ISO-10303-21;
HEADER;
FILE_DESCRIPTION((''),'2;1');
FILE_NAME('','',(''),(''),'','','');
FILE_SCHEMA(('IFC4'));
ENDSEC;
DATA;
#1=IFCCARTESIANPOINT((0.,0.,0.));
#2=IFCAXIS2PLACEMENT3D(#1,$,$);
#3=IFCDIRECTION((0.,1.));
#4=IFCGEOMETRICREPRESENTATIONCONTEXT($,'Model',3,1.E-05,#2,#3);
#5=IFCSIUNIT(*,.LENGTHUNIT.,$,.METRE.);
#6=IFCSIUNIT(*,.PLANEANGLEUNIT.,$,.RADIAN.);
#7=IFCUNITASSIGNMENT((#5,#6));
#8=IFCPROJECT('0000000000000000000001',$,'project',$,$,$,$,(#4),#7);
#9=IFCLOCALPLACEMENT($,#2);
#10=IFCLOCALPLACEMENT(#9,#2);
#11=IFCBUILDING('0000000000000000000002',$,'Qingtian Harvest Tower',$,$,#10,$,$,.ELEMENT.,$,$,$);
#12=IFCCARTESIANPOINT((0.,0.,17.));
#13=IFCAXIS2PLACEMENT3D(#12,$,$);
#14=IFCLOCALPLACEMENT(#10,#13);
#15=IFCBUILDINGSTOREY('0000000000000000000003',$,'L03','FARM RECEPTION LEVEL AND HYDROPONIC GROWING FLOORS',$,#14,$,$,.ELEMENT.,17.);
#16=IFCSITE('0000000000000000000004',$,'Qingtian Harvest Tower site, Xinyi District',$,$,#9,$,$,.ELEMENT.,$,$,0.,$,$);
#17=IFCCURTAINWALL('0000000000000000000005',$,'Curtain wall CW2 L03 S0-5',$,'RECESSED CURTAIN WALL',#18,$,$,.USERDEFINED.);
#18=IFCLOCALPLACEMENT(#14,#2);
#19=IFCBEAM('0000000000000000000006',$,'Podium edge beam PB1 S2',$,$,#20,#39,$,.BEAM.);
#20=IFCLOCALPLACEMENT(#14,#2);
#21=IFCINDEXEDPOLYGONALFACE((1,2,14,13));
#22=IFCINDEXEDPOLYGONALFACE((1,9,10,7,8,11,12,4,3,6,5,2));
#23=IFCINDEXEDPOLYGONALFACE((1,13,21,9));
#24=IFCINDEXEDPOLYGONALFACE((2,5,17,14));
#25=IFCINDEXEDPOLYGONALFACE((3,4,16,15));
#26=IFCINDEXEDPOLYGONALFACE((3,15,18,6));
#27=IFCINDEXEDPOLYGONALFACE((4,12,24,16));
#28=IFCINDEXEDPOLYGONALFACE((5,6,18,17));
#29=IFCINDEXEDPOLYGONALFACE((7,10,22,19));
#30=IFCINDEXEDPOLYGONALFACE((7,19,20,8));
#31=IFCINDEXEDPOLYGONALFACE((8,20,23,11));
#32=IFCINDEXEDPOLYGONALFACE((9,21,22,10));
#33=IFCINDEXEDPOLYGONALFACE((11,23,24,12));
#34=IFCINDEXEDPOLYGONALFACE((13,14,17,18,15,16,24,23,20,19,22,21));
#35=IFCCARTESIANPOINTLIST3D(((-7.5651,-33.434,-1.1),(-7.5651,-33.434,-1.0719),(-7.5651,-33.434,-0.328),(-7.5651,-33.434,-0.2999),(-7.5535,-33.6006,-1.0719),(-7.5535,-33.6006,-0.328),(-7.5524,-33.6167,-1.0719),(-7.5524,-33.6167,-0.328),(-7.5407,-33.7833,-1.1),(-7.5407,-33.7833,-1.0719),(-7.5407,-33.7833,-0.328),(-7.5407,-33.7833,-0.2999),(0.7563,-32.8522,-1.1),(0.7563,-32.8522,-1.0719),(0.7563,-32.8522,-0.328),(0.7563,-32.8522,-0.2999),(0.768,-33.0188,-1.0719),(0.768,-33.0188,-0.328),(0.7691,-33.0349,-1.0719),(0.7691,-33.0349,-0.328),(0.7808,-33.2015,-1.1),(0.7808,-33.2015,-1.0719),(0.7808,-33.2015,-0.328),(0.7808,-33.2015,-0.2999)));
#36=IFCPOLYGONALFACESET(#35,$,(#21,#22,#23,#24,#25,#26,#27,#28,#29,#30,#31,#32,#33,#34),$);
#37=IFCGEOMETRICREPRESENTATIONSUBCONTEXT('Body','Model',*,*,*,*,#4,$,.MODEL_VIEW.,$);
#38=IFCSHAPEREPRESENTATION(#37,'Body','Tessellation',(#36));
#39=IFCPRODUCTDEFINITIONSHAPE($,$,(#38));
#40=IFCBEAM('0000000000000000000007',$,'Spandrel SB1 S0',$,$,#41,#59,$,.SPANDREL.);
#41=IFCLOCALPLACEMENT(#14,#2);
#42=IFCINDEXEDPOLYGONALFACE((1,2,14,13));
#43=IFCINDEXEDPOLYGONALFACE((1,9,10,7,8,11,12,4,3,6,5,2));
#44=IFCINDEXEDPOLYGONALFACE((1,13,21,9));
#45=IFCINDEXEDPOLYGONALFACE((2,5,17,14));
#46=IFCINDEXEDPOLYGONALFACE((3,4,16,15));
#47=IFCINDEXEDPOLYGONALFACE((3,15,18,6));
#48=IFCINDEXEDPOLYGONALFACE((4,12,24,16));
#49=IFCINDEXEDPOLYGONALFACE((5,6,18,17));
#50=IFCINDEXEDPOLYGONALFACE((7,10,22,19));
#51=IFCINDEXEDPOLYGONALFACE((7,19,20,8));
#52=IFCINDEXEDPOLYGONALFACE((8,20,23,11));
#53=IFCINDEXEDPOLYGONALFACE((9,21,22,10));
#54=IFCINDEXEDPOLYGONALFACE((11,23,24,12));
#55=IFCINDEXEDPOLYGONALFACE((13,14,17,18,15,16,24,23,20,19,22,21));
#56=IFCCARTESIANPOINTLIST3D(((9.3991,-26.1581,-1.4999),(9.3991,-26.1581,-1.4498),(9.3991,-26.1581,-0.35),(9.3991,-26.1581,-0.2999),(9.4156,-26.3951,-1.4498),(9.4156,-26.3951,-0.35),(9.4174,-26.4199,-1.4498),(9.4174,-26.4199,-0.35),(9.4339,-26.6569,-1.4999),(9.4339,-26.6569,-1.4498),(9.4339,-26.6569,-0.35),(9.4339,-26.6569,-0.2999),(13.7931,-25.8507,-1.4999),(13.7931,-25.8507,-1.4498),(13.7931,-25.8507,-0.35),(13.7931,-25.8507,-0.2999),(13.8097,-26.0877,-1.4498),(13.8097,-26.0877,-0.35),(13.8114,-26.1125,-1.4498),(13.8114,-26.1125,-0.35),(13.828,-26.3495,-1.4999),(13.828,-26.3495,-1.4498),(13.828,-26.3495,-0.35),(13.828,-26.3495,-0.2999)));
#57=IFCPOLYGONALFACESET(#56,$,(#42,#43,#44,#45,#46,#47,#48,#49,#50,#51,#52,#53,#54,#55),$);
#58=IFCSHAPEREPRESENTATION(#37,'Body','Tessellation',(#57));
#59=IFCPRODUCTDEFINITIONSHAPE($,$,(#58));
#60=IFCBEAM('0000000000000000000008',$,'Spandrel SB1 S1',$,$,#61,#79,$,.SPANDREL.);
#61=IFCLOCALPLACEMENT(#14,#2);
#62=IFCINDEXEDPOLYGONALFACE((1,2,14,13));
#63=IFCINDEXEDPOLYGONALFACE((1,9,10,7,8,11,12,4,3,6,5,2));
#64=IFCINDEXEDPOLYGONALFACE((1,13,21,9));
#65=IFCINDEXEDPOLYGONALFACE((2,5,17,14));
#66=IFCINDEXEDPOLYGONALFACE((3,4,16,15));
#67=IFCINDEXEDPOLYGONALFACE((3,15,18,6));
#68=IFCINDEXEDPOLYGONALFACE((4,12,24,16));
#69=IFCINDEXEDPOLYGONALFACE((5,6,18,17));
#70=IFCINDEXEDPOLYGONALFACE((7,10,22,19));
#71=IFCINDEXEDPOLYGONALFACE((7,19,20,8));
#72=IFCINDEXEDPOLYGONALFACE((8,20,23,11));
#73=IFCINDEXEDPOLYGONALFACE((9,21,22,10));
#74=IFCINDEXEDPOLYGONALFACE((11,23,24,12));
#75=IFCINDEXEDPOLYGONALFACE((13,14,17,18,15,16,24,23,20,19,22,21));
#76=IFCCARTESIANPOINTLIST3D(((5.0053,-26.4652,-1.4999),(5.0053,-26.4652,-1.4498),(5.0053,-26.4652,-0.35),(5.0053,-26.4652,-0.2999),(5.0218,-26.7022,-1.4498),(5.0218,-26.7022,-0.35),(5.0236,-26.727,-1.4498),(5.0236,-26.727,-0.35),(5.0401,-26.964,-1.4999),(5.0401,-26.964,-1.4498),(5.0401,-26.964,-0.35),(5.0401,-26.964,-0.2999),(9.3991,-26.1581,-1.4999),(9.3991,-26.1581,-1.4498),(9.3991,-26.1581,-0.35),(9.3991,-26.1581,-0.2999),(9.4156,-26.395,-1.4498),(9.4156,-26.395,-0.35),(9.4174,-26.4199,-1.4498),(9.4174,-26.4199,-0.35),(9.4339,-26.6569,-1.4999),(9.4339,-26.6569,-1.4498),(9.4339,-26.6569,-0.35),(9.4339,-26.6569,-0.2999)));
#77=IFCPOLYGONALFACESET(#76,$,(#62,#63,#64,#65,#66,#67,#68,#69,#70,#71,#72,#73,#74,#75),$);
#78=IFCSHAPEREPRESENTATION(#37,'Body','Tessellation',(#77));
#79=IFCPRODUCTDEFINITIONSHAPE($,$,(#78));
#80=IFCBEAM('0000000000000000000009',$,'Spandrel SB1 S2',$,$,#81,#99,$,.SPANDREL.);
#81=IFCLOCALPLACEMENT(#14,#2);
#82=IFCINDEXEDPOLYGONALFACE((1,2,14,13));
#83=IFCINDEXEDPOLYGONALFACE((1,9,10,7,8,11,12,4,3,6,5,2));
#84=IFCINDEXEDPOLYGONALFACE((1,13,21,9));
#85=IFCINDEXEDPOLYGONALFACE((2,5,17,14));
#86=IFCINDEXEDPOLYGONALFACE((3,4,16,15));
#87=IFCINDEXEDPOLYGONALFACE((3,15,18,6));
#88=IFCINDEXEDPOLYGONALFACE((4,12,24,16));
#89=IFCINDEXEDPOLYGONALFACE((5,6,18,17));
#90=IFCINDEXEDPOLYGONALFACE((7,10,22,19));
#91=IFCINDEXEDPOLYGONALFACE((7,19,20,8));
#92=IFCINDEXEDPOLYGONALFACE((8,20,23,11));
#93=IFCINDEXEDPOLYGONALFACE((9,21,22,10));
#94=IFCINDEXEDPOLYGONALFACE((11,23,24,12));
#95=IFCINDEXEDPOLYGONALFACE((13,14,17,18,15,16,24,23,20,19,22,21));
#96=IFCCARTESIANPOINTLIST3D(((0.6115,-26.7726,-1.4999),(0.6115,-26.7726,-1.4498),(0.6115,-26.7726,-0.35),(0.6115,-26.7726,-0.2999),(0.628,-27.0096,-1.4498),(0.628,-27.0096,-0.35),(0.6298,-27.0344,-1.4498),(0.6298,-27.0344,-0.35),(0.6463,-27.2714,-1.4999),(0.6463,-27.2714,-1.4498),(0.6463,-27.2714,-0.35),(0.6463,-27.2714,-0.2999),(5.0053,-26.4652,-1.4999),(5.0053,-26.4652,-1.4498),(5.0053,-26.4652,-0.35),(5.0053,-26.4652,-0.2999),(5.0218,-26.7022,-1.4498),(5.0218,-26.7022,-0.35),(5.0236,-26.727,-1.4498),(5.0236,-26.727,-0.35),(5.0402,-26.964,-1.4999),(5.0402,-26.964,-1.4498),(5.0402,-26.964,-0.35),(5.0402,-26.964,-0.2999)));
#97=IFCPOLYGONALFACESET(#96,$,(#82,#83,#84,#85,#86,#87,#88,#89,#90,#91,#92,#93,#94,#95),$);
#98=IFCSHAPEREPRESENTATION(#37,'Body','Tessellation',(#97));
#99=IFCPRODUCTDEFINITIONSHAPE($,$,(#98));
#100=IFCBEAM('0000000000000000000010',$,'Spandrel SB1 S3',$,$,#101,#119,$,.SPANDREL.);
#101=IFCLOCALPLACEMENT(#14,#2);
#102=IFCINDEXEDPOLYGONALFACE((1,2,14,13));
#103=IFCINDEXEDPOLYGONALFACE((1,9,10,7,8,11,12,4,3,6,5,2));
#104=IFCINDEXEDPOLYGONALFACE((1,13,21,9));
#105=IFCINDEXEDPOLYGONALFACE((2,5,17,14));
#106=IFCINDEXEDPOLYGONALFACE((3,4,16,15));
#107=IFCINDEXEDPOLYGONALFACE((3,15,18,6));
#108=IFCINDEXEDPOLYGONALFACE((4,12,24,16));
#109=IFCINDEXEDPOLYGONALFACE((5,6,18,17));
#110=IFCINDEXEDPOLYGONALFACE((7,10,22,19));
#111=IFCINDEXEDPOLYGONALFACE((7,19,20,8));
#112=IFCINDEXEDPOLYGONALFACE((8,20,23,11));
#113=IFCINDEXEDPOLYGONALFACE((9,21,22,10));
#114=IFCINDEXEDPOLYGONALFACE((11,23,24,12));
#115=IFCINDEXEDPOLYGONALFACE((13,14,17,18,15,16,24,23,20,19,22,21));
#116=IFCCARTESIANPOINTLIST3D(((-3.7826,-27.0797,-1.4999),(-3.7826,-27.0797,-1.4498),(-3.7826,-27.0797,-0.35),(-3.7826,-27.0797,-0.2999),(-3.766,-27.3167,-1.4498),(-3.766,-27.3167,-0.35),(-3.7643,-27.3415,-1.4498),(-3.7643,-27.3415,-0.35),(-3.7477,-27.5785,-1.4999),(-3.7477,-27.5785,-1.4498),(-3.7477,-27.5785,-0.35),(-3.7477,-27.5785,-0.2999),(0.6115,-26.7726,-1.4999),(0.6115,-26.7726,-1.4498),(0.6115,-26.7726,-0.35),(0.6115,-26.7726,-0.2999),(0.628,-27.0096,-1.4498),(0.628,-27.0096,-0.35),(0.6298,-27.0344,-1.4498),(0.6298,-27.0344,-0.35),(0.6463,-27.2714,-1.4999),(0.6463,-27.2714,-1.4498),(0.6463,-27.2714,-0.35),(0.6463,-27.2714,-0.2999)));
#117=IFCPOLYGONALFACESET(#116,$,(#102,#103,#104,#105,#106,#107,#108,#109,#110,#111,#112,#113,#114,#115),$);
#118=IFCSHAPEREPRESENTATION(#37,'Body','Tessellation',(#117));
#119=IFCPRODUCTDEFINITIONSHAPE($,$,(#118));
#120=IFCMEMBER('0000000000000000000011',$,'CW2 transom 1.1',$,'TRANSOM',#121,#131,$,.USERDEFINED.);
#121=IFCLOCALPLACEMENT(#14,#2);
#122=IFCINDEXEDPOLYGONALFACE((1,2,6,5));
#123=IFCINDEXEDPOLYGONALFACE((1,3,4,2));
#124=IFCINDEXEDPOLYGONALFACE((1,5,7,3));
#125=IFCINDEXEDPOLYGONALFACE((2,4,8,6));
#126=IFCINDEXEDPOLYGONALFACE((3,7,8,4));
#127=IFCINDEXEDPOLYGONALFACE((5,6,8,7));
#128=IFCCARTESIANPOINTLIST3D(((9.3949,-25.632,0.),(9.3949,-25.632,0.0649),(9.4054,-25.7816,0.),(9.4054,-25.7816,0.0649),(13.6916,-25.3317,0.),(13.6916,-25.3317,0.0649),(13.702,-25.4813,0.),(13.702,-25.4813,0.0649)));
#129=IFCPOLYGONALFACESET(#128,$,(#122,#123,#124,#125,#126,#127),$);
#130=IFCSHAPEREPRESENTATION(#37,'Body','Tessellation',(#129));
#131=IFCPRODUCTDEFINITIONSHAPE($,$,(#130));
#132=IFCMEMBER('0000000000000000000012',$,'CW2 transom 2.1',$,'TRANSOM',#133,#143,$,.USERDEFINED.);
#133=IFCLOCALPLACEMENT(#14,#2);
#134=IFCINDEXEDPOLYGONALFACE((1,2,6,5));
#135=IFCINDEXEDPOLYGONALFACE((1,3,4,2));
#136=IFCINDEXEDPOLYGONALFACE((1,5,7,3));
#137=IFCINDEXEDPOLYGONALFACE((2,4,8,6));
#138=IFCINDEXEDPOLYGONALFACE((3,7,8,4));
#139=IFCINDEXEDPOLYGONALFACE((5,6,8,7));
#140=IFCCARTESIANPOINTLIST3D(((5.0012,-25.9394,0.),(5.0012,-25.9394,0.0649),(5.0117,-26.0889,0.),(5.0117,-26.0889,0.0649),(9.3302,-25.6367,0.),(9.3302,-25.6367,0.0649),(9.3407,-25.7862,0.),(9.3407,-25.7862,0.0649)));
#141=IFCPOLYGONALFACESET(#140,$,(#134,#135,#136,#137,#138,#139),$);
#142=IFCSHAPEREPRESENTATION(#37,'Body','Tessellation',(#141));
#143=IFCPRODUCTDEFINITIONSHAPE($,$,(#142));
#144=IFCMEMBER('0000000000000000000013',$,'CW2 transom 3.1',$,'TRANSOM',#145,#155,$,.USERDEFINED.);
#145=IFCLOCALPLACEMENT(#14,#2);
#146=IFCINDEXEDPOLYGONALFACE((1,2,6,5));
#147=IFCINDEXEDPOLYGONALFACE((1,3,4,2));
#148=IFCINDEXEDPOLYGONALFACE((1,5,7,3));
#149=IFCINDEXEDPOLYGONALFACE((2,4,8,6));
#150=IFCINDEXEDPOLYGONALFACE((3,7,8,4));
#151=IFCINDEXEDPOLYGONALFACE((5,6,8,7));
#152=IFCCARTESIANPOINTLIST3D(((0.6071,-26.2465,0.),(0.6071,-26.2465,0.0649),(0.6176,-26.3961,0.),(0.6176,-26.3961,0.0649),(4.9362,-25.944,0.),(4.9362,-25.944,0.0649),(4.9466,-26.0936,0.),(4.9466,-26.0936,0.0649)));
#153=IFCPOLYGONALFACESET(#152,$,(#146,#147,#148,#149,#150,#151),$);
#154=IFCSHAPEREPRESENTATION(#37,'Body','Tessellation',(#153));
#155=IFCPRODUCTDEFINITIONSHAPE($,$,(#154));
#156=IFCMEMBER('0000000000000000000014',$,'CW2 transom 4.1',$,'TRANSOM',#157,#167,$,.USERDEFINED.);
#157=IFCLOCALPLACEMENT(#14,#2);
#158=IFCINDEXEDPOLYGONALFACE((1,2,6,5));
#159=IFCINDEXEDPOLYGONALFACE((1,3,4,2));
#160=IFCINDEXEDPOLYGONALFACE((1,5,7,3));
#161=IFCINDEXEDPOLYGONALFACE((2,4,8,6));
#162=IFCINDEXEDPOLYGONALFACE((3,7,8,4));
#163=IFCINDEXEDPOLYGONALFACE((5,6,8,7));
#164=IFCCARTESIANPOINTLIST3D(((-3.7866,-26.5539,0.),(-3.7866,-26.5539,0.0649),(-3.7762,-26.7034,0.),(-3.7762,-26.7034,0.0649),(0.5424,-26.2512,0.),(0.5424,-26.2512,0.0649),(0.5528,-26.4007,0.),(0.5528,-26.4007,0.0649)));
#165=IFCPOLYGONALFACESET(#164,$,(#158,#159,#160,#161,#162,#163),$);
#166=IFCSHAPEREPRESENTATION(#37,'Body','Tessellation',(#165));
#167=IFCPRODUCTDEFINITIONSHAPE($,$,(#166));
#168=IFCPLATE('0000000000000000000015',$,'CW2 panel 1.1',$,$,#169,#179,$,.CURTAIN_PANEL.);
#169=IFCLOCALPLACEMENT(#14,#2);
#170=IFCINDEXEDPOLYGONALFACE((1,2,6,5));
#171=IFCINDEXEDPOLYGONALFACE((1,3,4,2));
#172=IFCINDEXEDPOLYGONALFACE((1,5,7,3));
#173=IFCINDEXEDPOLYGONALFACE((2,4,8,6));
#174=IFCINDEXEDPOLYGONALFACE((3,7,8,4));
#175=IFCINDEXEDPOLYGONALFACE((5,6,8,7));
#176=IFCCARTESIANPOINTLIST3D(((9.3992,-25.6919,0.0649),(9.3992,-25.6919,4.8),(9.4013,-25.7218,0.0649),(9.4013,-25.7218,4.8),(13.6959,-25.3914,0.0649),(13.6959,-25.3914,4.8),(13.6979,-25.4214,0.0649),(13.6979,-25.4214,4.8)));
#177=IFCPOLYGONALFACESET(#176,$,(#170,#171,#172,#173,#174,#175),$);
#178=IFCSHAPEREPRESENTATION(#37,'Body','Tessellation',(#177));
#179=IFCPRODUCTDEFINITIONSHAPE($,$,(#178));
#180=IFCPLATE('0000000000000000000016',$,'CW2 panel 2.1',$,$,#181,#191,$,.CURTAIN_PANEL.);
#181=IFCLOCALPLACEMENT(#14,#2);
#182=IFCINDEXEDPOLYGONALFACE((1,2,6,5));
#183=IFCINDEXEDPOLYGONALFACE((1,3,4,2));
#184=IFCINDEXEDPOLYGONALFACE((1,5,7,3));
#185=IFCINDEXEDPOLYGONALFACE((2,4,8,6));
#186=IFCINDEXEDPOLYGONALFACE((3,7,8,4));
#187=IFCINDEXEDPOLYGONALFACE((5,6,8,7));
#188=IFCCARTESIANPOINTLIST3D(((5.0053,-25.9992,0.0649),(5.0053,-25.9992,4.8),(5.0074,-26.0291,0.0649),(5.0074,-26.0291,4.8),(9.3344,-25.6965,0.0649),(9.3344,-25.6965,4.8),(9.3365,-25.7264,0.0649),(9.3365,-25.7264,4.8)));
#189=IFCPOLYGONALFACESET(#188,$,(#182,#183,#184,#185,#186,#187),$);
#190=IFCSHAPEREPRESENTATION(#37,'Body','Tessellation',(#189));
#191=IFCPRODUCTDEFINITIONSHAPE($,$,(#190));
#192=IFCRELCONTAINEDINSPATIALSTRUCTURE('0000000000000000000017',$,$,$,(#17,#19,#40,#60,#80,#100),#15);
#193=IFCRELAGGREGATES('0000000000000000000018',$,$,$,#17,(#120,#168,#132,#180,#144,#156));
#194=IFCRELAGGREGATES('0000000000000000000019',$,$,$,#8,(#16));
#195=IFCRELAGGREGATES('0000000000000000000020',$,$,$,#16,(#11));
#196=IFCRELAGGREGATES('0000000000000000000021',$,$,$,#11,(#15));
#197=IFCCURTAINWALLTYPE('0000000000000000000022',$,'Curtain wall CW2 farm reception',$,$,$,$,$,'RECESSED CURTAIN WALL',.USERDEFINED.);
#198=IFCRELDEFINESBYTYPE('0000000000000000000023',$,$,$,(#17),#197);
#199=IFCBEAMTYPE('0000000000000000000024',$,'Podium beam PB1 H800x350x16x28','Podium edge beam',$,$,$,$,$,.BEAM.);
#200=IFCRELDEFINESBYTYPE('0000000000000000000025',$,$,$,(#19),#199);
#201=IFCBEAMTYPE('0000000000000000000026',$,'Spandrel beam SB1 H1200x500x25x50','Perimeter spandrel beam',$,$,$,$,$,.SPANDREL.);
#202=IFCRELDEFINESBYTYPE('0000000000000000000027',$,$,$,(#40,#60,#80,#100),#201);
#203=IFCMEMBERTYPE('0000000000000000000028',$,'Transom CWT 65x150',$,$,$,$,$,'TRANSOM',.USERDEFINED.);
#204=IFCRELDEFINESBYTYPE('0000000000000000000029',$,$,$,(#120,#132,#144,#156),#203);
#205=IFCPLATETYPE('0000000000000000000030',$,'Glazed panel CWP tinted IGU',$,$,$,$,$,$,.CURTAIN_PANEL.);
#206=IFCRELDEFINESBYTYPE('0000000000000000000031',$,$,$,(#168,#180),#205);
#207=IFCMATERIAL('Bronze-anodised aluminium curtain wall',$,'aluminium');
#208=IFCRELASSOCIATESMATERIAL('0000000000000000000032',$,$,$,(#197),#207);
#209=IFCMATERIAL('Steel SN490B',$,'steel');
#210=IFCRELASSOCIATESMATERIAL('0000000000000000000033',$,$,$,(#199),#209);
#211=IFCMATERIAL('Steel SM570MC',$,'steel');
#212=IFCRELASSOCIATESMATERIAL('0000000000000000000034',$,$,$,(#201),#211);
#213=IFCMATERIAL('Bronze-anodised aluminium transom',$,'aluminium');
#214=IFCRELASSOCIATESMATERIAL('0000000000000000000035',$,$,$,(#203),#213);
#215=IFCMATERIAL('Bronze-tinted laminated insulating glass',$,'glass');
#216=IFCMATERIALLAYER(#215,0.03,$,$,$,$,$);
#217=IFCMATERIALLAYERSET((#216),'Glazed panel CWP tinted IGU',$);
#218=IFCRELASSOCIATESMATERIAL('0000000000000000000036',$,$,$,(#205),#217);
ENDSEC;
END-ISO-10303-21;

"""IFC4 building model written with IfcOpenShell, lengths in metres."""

from ifc_helpers import new_model, si_unit, direction, frame, origin, origin_2d, place, context, subcontext, project, spatial, rectangle, i_section, extrude, material, layer, layer_set, material_profile, profile_set, type_object, element, aggregate, save


model = new_model("IFC4")

# Units and contexts
model_context = context("Model", 3, precision=1e-05, world=origin(), true_north=direction((0.0, 1.0)))
body_context = subcontext(model_context, "Body", "Model", "MODEL_VIEW")
ifc_project = project(units=[si_unit("LENGTHUNIT", "METRE"), si_unit("PLANEANGLEUNIT", "RADIAN")], contexts=[model_context])

# Site, building, storey
site_placement = place(None, origin())
site = spatial("IfcSite", under=ifc_project, at=site_placement, Name="Qingtian Harvest Tower site, Xinyi District", CompositionType="ELEMENT", RefElevation=0.0)
building_placement = place(site_placement, origin())
building = spatial("IfcBuilding", under=site, at=building_placement, Name="Qingtian Harvest Tower", CompositionType="ELEMENT")
storey_placement = place(building_placement, frame((0.0, 0.0, 17.0)))
storey = spatial("IfcBuildingStorey", under=building, at=storey_placement, Name="L03", Description="FARM RECEPTION LEVEL AND HYDROPONIC GROWING FLOORS", CompositionType="ELEMENT", Elevation=17.0)

# Shared definitions
ifc_material_1 = material(Name="Bronze-anodised aluminium curtain wall", Category="aluminium")
curtain_wall_type = type_object("IfcCurtainWallType", Name="Curtain wall CW2 farm reception", ElementType="RECESSED CURTAIN WALL", PredefinedType="USERDEFINED", material=ifc_material_1)

# Curtain wall
curtain_wall_1_placement = place(storey_placement, origin())
curtain_wall_1 = element("IfcCurtainWall", 1, at=curtain_wall_1_placement, inside=storey, type_object=curtain_wall_type, Name="Curtain wall CW2 L03 S0-5", ObjectType="RECESSED CURTAIN WALL", PredefinedType="USERDEFINED")

# Beams
ifc_material_2 = material(Name="Steel SN490B", Category="steel")
ifc_material_profile_1 = material_profile(ifc_material_2, i_section(OverallWidth=0.3501, OverallDepth=0.8, WebThickness=0.0161, FlangeThickness=0.0281, at=origin_2d()), Name="H800x350x16x28")
ifc_profile_set_1 = profile_set([ifc_material_profile_1], Name="Steel SN490B")
beam_type_1 = type_object("IfcBeamType", Name="Podium beam PB1 H800x350x16x28", Description="Podium edge beam", PredefinedType="BEAM", material=ifc_profile_set_1)
for number, where, z_axis, x_axis, name in (
    (2, (0.7686, -33.0269, -0.7), (-0.997565, -0.069743, 0.0), (0.069743, -0.997565, 0.0), "Podium edge beam PB1 S2"),
):
    element("IfcBeam", number, at=place(storey_placement, frame(where, z_axis=z_axis, x_axis=x_axis)), inside=storey, type_object=beam_type_1, Name=name, PredefinedType="BEAM", context=body_context, shape_type="SweptSolid", body=[
        extrude(i_section(OverallWidth=0.3501, OverallDepth=0.8, WebThickness=0.0161, FlangeThickness=0.0281, at=origin_2d()), origin(), (0.0, 0.0, 1.0), 8.3418),
    ])
ifc_material_3 = material(Name="Steel SM570MC", Category="steel")
ifc_material_profile_2 = material_profile(ifc_material_3, i_section(OverallWidth=0.5, OverallDepth=1.2, WebThickness=0.0249, FlangeThickness=0.05, at=origin_2d()), Name="H1200x500x25x50")
ifc_profile_set_2 = profile_set([ifc_material_profile_2], Name="Steel SM570MC")
beam_type_2 = type_object("IfcBeamType", Name="Spandrel beam SB1 H1200x500x25x50", Description="Perimeter spandrel beam", PredefinedType="SPANDREL", material=ifc_profile_set_2)
beam_1_placement = place(storey_placement, frame((13.8105, -26.1001, -0.8999), z_axis=(-0.997562, -0.069782, 0.0), x_axis=(0.069782, -0.997562, 0.0)))
element("IfcBeam", 3, at=beam_1_placement, inside=storey, type_object=beam_type_2, Name="Spandrel SB1 S0", PredefinedType="SPANDREL", context=body_context, shape_type="SweptSolid", body=[
    extrude(i_section(OverallWidth=0.5, OverallDepth=1.2, WebThickness=0.0249, FlangeThickness=0.05, at=origin_2d()), origin(), (0.0, 0.0, 1.0), 4.4048),
])
for number, where, z_axis, x_axis, name in (
    (4, (9.4165, -26.4075, -0.8999), (-0.997566, -0.06973, 0.0), (0.06973, -0.997566, 0.0), "Spandrel SB1 S1"),
    (5, (5.0227, -26.7146, -0.8999), (-0.997562, -0.069786, 0.0), (0.069786, -0.997562, 0.0), "Spandrel SB1 S2"),
):
    element("IfcBeam", number, at=place(storey_placement, frame(where, z_axis=z_axis, x_axis=x_axis)), inside=storey, type_object=beam_type_2, Name=name, PredefinedType="SPANDREL", context=body_context, shape_type="SweptSolid", body=[
        extrude(i_section(OverallWidth=0.5, OverallDepth=1.2, WebThickness=0.0249, FlangeThickness=0.05, at=origin_2d()), origin(), (0.0, 0.0, 1.0), 4.4045),
    ])
beam_2_placement = place(storey_placement, frame((0.6289, -27.022, -0.8999), z_axis=(-0.997566, -0.069727, 0.0), x_axis=(0.069727, -0.997566, 0.0)))
element("IfcBeam", 6, at=beam_2_placement, inside=storey, type_object=beam_type_2, Name="Spandrel SB1 S3", PredefinedType="SPANDREL", context=body_context, shape_type="SweptSolid", body=[
    extrude(i_section(OverallWidth=0.5, OverallDepth=1.2, WebThickness=0.0249, FlangeThickness=0.05, at=origin_2d()), origin(), (0.0, 0.0, 1.0), 4.4048),
])

# Members
ifc_material_4 = material(Name="Bronze-anodised aluminium transom", Category="aluminium")
ifc_material_profile_3 = material_profile(ifc_material_4, rectangle(XDim=0.1499, YDim=0.0649, at=origin_2d()), Name="AL 65x150")
ifc_profile_set_3 = profile_set([ifc_material_profile_3], Name="Bronze-anodised aluminium transom")
member_type_1 = type_object("IfcMemberType", Name="Transom CWT 65x150", ElementType="TRANSOM", PredefinedType="USERDEFINED", material=ifc_profile_set_3)
member_1_placement = place(storey_placement, frame((13.6968, -25.4065, 0.0325), z_axis=(-0.997567, -0.06972, 0.0), x_axis=(0.06972, -0.997567, 0.0)))
member_1 = element("IfcMember", 7, at=member_1_placement, type_object=member_type_1, Name="CW2 transom 1.1", ObjectType="TRANSOM", PredefinedType="USERDEFINED", context=body_context, shape_type="SweptSolid", body=[
    extrude(rectangle(XDim=0.1499, YDim=0.0649, at=origin_2d()), origin(), (0.0, 0.0, 1.0), 4.3071),
])
member_2_placement = place(storey_placement, frame((9.3354, -25.7114, 0.0325), z_axis=(-0.997564, -0.06976, 0.0), x_axis=(0.06976, -0.997564, 0.0)))
member_2 = element("IfcMember", 8, at=member_2_placement, type_object=member_type_1, Name="CW2 transom 2.1", ObjectType="TRANSOM", PredefinedType="USERDEFINED", context=body_context, shape_type="SweptSolid", body=[
    extrude(rectangle(XDim=0.1499, YDim=0.0649, at=origin_2d()), origin(), (0.0, 0.0, 1.0), 4.3396),
])
member_3_placement = place(storey_placement, frame((4.9414, -26.0188, 0.0325), z_axis=(-0.997568, -0.069704, 0.0), x_axis=(0.069704, -0.997568, 0.0)))
member_3 = element("IfcMember", 9, at=member_3_placement, type_object=member_type_1, Name="CW2 transom 3.1", ObjectType="TRANSOM", PredefinedType="USERDEFINED", context=body_context, shape_type="SweptSolid", body=[
    extrude(rectangle(XDim=0.1499, YDim=0.0649, at=origin_2d()), origin(), (0.0, 0.0, 1.0), 4.3396),
])
member_4_placement = place(storey_placement, frame((0.5476, -26.3259, 0.0325), z_axis=(-0.997564, -0.06976, 0.0), x_axis=(0.06976, -0.997564, 0.0)))
member_4 = element("IfcMember", 10, at=member_4_placement, type_object=member_type_1, Name="CW2 transom 4.1", ObjectType="TRANSOM", PredefinedType="USERDEFINED", context=body_context, shape_type="SweptSolid", body=[
    extrude(rectangle(XDim=0.1499, YDim=0.0649, at=origin_2d()), origin(), (0.0, 0.0, 1.0), 4.3396),
])

# Plates
ifc_material_5 = material(Name="Bronze-tinted laminated insulating glass", Category="glass")
ifc_layer_1 = layer(ifc_material_5, 0.03)
ifc_layer_set_1 = layer_set([ifc_layer_1], Name="Glazed panel CWP tinted IGU")
plate_type = type_object("IfcPlateType", Name="Glazed panel CWP tinted IGU", PredefinedType="CURTAIN_PANEL", material=ifc_layer_set_1)
plate_1_placement = place(storey_placement, frame((11.5486, -25.5566, 0.0649), z_axis=(0.0, 0.0, 1.0), x_axis=(-0.997564, -0.069756, 0.0)))
plate_1 = element("IfcPlate", 11, at=plate_1_placement, type_object=plate_type, Name="CW2 panel 1.1", PredefinedType="CURTAIN_PANEL", context=body_context, shape_type="SweptSolid", body=[
    extrude(rectangle(XDim=4.3071, YDim=0.03, at=origin_2d()), origin(), (0.0, 0.0, 1.0), 4.7351),
])
plate_2_placement = place(storey_placement, frame((7.1709, -25.8628, 0.0649), z_axis=(0.0, 0.0, 1.0), x_axis=(-0.997564, -0.069756, 0.0)))
plate_2 = element("IfcPlate", 12, at=plate_2_placement, type_object=plate_type, Name="CW2 panel 2.1", PredefinedType="CURTAIN_PANEL", context=body_context, shape_type="SweptSolid", body=[
    extrude(rectangle(XDim=4.3396, YDim=0.03, at=origin_2d()), origin(), (0.0, 0.0, 1.0), 4.7351),
])
aggregate(curtain_wall_1, [member_1, plate_1, member_2, plate_2, member_3, member_4])

save(model, "model.ifc")
